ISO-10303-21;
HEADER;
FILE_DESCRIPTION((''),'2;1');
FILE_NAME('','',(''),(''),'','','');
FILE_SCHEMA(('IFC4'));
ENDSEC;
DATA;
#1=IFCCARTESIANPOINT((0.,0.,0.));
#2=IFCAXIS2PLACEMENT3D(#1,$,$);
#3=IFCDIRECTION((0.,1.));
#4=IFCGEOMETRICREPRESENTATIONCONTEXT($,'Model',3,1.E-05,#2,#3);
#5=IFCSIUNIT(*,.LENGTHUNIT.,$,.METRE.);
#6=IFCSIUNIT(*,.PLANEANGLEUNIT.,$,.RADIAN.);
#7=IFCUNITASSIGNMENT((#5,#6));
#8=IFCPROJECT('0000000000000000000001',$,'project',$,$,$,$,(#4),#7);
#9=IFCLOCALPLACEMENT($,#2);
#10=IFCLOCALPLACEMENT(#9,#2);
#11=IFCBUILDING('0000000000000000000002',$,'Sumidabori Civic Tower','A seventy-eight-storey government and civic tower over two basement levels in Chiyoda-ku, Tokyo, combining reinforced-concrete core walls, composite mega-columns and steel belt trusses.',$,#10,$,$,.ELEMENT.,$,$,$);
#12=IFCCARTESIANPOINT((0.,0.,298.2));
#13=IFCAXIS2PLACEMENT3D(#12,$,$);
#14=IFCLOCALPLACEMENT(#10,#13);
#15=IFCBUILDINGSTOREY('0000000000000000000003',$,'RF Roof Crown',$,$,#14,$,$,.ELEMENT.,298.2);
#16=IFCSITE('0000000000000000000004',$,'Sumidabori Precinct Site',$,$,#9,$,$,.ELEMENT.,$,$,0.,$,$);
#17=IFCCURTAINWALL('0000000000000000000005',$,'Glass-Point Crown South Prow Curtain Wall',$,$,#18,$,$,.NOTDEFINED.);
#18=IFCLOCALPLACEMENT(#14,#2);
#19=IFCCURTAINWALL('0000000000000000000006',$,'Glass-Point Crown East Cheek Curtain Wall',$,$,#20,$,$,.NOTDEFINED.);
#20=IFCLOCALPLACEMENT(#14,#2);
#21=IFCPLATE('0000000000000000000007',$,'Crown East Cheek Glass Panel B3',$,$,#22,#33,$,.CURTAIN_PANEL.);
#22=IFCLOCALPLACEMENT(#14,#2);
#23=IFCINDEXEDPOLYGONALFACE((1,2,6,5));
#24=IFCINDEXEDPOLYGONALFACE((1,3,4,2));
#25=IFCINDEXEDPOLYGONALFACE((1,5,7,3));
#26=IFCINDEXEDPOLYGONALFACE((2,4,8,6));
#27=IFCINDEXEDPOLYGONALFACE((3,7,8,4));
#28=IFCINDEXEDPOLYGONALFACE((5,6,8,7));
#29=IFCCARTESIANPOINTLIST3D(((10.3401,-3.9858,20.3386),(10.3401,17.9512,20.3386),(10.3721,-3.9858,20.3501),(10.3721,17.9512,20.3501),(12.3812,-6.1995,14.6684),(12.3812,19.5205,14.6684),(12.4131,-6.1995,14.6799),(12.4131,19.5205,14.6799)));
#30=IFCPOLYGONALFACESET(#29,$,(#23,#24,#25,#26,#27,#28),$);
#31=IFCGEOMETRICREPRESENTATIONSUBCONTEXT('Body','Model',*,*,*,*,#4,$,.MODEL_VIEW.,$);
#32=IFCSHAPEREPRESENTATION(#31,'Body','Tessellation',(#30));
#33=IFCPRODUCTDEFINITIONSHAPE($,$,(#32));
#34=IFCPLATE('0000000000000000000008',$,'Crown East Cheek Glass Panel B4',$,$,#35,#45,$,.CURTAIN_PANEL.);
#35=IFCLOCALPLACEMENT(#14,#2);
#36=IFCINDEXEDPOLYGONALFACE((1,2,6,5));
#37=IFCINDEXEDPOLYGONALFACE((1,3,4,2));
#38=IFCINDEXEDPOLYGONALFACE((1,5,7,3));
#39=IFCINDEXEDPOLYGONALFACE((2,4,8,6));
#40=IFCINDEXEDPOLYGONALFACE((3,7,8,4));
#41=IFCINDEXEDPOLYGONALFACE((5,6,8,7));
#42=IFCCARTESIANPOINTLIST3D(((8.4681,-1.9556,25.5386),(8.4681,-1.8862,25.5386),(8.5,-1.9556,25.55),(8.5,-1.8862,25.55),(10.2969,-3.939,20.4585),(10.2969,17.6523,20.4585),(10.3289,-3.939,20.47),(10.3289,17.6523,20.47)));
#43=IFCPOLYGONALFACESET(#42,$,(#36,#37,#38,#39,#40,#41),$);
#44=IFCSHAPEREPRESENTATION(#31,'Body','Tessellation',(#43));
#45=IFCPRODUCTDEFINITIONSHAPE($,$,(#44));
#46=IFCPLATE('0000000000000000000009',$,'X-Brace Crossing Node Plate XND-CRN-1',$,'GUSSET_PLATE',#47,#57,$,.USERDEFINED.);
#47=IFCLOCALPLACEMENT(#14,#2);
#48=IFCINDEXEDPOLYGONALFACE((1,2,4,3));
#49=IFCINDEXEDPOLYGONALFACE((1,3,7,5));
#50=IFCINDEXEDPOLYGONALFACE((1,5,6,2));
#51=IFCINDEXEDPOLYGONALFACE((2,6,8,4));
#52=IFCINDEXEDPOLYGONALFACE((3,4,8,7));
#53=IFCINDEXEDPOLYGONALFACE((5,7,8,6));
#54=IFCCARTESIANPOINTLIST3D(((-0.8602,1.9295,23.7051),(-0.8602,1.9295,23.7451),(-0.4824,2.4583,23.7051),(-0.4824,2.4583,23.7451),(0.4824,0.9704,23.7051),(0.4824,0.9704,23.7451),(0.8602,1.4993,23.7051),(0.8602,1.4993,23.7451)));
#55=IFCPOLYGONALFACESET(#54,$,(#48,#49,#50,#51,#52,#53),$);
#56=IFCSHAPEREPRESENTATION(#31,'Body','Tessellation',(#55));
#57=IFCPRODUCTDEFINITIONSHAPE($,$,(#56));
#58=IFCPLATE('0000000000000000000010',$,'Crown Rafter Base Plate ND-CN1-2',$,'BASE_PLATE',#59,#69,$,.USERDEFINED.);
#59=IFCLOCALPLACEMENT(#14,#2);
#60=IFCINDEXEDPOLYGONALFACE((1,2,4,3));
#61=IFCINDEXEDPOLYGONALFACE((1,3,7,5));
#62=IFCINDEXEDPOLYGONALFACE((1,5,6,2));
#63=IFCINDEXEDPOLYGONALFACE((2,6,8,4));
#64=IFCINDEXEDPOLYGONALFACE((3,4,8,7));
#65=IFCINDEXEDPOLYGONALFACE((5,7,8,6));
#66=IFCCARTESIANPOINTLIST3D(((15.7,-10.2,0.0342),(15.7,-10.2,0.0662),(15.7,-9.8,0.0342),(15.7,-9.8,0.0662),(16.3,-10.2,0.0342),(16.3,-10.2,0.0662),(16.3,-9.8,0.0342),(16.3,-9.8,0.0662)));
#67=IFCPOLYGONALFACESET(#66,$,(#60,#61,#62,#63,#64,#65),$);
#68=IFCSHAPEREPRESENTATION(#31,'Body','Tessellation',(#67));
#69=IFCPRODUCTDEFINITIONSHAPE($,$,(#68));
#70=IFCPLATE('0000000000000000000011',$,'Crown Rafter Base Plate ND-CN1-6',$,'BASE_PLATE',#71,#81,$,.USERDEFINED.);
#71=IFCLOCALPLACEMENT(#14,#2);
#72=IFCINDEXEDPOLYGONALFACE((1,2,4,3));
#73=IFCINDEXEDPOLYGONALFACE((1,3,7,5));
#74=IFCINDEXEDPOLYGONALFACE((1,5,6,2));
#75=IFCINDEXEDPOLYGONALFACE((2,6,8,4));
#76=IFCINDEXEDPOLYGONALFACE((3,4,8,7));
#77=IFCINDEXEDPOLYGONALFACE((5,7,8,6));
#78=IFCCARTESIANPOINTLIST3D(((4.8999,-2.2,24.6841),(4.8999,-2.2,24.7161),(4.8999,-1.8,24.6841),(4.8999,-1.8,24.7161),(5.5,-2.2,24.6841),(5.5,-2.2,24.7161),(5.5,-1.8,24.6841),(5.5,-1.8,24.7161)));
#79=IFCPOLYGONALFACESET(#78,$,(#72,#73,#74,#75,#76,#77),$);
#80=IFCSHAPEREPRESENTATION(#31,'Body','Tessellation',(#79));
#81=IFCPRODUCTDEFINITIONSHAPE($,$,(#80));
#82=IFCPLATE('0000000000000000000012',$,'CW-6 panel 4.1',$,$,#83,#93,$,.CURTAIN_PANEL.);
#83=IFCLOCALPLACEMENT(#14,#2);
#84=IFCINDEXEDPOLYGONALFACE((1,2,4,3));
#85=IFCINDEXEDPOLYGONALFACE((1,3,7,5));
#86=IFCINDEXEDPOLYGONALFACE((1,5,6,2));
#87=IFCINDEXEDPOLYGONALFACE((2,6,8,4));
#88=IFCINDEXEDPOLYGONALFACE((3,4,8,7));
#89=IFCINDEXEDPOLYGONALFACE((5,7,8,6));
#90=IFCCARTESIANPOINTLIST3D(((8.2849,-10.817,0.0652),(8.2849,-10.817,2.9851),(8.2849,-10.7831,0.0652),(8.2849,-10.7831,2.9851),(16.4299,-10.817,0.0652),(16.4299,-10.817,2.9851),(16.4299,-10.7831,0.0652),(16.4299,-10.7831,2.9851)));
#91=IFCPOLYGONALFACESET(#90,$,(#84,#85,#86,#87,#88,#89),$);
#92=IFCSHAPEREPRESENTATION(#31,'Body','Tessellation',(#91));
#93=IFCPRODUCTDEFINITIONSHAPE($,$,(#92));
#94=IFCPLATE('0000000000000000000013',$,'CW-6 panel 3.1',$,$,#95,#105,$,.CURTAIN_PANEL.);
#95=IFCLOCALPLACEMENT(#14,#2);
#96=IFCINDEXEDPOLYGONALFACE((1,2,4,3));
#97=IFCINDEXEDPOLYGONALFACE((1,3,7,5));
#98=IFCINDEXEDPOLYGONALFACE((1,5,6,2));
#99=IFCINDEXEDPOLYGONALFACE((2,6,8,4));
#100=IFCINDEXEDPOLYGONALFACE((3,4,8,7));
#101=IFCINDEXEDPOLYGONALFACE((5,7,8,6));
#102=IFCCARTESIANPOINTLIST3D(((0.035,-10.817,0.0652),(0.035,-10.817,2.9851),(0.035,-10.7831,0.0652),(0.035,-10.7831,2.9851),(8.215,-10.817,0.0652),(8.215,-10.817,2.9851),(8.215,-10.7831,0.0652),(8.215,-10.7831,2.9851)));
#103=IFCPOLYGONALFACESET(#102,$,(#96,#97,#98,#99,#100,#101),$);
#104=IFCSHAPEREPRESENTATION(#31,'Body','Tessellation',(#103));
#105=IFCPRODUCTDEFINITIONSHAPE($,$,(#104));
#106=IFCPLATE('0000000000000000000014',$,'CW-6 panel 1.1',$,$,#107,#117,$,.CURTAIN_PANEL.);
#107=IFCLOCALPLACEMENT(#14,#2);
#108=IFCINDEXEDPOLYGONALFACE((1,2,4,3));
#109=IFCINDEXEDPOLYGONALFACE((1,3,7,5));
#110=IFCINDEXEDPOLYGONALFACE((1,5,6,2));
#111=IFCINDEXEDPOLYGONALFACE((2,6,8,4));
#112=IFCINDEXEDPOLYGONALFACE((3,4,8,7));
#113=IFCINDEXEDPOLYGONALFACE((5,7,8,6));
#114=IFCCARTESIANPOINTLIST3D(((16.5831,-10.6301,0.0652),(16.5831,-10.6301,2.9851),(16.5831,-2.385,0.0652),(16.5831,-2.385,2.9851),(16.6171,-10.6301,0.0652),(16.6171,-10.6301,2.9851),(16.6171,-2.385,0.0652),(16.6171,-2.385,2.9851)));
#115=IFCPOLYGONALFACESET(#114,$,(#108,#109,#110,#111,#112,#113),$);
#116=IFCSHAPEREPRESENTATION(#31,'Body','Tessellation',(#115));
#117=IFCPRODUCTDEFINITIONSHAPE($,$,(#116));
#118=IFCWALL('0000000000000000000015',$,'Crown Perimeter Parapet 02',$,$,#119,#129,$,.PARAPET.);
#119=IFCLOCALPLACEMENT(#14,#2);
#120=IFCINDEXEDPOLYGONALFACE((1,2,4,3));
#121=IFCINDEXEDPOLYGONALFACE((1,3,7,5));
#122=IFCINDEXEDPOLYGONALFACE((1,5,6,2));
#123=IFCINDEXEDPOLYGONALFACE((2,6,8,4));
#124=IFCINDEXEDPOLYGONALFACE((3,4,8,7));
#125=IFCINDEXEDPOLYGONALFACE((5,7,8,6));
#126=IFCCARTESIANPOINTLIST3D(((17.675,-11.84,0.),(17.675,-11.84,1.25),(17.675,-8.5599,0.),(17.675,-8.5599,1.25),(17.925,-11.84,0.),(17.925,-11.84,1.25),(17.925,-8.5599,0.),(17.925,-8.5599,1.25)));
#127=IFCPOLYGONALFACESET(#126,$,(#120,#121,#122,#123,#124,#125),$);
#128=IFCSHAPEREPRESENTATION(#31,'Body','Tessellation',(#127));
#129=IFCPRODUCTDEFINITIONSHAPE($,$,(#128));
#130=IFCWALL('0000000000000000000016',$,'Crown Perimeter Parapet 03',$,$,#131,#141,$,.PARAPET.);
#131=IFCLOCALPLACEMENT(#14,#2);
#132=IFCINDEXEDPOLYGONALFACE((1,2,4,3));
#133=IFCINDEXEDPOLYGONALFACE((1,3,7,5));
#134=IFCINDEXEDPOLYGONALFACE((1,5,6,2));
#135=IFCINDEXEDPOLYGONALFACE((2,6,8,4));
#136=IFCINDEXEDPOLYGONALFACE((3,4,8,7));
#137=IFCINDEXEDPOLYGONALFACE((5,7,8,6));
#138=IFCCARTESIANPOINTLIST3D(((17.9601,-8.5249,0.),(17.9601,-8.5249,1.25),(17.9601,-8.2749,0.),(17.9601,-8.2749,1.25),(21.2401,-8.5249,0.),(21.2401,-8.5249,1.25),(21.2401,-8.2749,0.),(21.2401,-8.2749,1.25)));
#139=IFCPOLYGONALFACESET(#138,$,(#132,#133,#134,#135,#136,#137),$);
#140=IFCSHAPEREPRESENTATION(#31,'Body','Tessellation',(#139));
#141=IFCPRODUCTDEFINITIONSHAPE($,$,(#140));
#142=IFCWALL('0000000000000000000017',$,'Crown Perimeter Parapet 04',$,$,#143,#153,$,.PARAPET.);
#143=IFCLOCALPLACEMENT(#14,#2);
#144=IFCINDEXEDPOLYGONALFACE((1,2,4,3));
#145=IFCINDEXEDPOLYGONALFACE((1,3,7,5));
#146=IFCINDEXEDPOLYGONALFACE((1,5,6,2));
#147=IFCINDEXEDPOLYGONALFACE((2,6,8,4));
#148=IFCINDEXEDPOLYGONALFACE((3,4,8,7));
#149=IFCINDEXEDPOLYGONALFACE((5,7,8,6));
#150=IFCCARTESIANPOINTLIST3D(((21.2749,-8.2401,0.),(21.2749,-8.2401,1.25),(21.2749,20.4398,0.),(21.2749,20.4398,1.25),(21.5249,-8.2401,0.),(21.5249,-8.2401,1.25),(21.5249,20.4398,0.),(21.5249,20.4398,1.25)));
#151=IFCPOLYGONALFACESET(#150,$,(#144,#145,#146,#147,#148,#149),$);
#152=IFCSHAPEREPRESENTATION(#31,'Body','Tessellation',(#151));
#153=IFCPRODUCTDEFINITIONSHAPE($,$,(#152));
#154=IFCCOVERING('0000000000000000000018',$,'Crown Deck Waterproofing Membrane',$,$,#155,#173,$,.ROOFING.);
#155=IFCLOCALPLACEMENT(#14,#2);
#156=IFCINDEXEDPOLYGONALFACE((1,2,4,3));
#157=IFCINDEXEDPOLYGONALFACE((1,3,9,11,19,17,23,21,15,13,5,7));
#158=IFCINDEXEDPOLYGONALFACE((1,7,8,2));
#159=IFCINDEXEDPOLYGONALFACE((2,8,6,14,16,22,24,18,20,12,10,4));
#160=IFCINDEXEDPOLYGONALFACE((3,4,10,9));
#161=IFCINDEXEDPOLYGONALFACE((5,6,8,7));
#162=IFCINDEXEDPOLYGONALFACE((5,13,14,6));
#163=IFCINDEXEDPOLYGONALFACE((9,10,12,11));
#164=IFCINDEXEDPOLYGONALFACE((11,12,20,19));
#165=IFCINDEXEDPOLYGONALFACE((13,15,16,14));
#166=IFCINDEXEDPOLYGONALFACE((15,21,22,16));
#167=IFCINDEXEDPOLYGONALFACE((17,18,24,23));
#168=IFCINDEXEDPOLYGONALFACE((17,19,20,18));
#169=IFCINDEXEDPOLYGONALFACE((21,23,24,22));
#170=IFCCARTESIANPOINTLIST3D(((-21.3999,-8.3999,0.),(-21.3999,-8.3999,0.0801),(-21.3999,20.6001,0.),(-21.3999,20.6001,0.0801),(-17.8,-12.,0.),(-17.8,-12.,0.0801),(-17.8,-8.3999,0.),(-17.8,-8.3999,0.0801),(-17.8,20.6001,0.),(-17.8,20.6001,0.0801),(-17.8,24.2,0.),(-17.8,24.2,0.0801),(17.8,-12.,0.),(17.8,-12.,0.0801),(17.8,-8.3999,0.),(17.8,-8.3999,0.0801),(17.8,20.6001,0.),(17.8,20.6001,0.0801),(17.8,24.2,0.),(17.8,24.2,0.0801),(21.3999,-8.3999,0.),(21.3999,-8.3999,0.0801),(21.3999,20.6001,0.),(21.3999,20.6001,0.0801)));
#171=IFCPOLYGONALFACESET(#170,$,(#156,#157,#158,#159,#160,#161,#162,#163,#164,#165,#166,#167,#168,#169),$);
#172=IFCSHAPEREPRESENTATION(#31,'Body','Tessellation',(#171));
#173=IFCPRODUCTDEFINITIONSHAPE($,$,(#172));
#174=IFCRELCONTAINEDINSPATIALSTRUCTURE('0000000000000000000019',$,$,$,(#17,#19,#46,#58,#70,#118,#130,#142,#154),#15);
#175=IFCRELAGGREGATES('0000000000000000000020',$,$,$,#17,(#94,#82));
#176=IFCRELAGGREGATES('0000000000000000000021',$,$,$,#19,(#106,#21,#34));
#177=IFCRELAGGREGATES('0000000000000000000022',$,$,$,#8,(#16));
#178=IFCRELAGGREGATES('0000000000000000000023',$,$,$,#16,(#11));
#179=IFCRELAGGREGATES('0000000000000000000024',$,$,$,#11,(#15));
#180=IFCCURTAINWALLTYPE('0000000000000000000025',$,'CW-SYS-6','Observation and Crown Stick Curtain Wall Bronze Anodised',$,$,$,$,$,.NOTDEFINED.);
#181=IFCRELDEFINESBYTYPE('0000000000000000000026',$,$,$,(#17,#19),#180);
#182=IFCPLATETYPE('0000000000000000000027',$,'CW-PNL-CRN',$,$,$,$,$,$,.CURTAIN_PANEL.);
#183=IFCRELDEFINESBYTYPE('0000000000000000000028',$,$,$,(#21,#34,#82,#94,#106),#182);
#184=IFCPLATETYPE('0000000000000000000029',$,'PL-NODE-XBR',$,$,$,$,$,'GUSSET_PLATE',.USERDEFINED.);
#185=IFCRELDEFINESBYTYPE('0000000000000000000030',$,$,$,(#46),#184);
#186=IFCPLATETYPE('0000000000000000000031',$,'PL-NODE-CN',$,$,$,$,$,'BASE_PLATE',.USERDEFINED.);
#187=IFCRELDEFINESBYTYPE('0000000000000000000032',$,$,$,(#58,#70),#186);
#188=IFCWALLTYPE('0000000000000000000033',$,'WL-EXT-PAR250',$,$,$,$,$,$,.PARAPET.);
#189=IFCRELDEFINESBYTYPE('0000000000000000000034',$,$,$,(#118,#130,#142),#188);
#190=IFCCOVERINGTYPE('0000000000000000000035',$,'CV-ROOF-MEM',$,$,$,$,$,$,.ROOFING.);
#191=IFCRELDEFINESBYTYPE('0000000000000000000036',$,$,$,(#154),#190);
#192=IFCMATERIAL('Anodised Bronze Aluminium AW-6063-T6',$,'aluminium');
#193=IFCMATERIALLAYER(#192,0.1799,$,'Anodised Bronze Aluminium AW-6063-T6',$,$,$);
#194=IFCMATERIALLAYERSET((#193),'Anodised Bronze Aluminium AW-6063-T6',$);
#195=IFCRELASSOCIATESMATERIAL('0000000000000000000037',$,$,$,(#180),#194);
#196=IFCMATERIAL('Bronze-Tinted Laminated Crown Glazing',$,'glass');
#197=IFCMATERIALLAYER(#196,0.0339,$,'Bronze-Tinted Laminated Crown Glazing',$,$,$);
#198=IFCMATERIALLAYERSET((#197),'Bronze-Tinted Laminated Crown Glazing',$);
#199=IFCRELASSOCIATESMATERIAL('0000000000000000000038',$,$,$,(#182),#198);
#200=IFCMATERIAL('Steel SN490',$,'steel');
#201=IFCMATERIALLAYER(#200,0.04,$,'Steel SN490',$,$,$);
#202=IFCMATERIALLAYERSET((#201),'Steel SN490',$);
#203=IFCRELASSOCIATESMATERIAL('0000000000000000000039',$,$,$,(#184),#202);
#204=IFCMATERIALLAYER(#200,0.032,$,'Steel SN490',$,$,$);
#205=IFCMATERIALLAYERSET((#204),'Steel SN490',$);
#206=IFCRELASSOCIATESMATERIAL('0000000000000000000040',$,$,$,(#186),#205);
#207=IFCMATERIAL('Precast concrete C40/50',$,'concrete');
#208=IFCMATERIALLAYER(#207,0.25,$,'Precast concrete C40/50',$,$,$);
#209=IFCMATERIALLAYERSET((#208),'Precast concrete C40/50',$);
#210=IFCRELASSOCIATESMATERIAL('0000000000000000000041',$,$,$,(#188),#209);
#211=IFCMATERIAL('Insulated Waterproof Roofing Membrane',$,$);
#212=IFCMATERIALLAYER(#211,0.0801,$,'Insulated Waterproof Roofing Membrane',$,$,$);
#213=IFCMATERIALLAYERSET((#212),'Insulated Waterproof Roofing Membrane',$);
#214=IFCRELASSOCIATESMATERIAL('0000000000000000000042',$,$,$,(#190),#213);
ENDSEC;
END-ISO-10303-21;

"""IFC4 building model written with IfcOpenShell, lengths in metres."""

from ifc_helpers import new_model, si_unit, direction, frame, frame_2d, origin, origin_2d, place, context, subcontext, project, spatial, polyline, rectangle, outline, extrude, source, transform, mapped, material, layer, layer_set, type_object, element, aggregate, save


model = new_model("IFC4")

# Units and contexts
model_context = context("Model", 3, precision=1e-05, world=origin(), true_north=direction((0.0, 1.0)))
body_context = subcontext(model_context, "Body", "Model", "MODEL_VIEW")
ifc_project = project(units=[si_unit("LENGTHUNIT", "METRE"), si_unit("PLANEANGLEUNIT", "RADIAN")], contexts=[model_context])

# Site, building, storey
site_placement = place(None, origin())
site = spatial("IfcSite", under=ifc_project, at=site_placement, Name="Sumidabori Precinct Site", CompositionType="ELEMENT", RefElevation=0.0)
building_placement = place(site_placement, origin())
building = spatial("IfcBuilding", under=site, at=building_placement, Name="Sumidabori Civic Tower", Description="A seventy-eight-storey government and civic tower over two basement levels in Chiyoda-ku, Tokyo, combining reinforced-concrete core walls, composite mega-columns and steel belt trusses.", CompositionType="ELEMENT")
storey_placement = place(building_placement, frame((0.0, 0.0, 298.2)))
storey = spatial("IfcBuildingStorey", under=building, at=storey_placement, Name="RF Roof Crown", CompositionType="ELEMENT", Elevation=298.2)

# Shared definitions
ifc_material_1 = material(Name="Steel SN490", Category="steel")

# Curtain walls
ifc_material_2 = material(Name="Anodised Bronze Aluminium AW-6063-T6", Category="aluminium")
ifc_layer_1 = layer(ifc_material_2, 0.1799, Name="Anodised Bronze Aluminium AW-6063-T6")
ifc_layer_set_1 = layer_set([ifc_layer_1], Name="Anodised Bronze Aluminium AW-6063-T6")
curtain_wall_type = type_object("IfcCurtainWallType", Name="CW-SYS-6", Description="Observation and Crown Stick Curtain Wall Bronze Anodised", PredefinedType="NOTDEFINED", material=ifc_layer_set_1)
curtain_wall_1_placement = place(storey_placement, origin())
curtain_wall_1 = element("IfcCurtainWall", 1, at=curtain_wall_1_placement, inside=storey, type_object=curtain_wall_type, Name="Glass-Point Crown South Prow Curtain Wall", PredefinedType="NOTDEFINED")
curtain_wall_2_placement = place(storey_placement, origin())
curtain_wall_2 = element("IfcCurtainWall", 2, at=curtain_wall_2_placement, inside=storey, type_object=curtain_wall_type, Name="Glass-Point Crown East Cheek Curtain Wall", PredefinedType="NOTDEFINED")

# Plates
ifc_material_3 = material(Name="Bronze-Tinted Laminated Crown Glazing", Category="glass")
ifc_layer_2 = layer(ifc_material_3, 0.0339, Name="Bronze-Tinted Laminated Crown Glazing")
ifc_layer_set_2 = layer_set([ifc_layer_2], Name="Bronze-Tinted Laminated Crown Glazing")
plate_type_1 = type_object("IfcPlateType", Name="CW-PNL-CRN", PredefinedType="CURTAIN_PANEL", material=ifc_layer_set_2)
plate_1_placement = place(storey_placement, frame((12.4131, -6.1995, 14.6799), z_axis=(0.9409, 0.0, 0.338684), x_axis=(0.0, 1.0, 0.0)))
plate_1 = element("IfcPlate", 3, at=plate_1_placement, type_object=plate_type_1, Name="Crown East Cheek Glass Panel B3", PredefinedType="CURTAIN_PANEL", context=body_context, shape_type="SweptSolid", body=[
    extrude(outline(polyline([(0.0, 0.0), (25.72, 0.0), (24.1506, 6.0263), (2.2136, 6.0263), (0.0, 0.0)])), origin(), (0.0, 0.0, -1.0), 0.0339),
])
plate_2_placement = place(storey_placement, frame((10.3289, -3.939, 20.47), z_axis=(0.940886, 0.0, 0.338724), x_axis=(0.0, 1.0, 0.0)))
plate_2 = element("IfcPlate", 4, at=plate_2_placement, type_object=plate_type_1, Name="Crown East Cheek Glass Panel B4", PredefinedType="CURTAIN_PANEL", context=body_context, shape_type="SweptSolid", body=[
    extrude(outline(polyline([(0.0, 0.0), (21.5913, 0.0), (2.0527, 5.3993), (1.9834, 5.3993), (0.0, 0.0)])), origin(), (0.0, 0.0, -1.0), 0.0339),
])

# Plates
ifc_layer_3 = layer(ifc_material_1, 0.04, Name="Steel SN490")
ifc_layer_set_3 = layer_set([ifc_layer_3], Name="Steel SN490")
plate_type_2 = type_object("IfcPlateType", Name="PL-NODE-XBR", ElementType="GUSSET_PLATE", PredefinedType="USERDEFINED", material=ifc_layer_set_3)
shared_shape_1 = source(origin(), body_context, "Body", "SweptSolid", [
    extrude(rectangle(XDim=1.6499, YDim=0.6499, at=origin_2d()), origin(), (0.0, 0.0, 1.0), 0.04),
])
plate_3_placement = place(storey_placement, frame((0.0, 1.7144, 23.7051), z_axis=(0.0, 0.0, 1.0), x_axis=(-0.81371, 0.581271, 0.0)))
element("IfcPlate", 5, at=plate_3_placement, inside=storey, type_object=plate_type_2, Name="X-Brace Crossing Node Plate XND-CRN-1", ObjectType="GUSSET_PLATE", PredefinedType="USERDEFINED", context=body_context, shape_type="MappedRepresentation", body=[
    mapped(shared_shape_1, transform((0.0, 0.0, 0.0), x_axis=(1.0, 0.0, 0.0), y_axis=(0.0, 1.0, 0.0), z_axis=(0.0, 0.0, 1.0), scale=1.0)),
])
ifc_layer_4 = layer(ifc_material_1, 0.032, Name="Steel SN490")
ifc_layer_set_4 = layer_set([ifc_layer_4], Name="Steel SN490")
plate_type_3 = type_object("IfcPlateType", Name="PL-NODE-CN", ElementType="BASE_PLATE", PredefinedType="USERDEFINED", material=ifc_layer_set_4)
shared_shape_2 = source(origin(), body_context, "Body", "SweptSolid", [
    extrude(rectangle(XDim=0.6001, YDim=0.3999, at=origin_2d()), origin(), (0.0, 0.0, 1.0), 0.032),
])
for number, where, z_axis, x_axis, name in (
    (6, (16.0, -10.0, 0.0342), (0.0, 0.0, 1.0), (1.0, 0.0, 0.0), "Crown Rafter Base Plate ND-CN1-2"),
    (7, (5.2, -2.0, 24.6841), (0.0, 0.0, 1.0), (1.0, 0.0, 0.0), "Crown Rafter Base Plate ND-CN1-6"),
):
    element("IfcPlate", number, at=place(storey_placement, frame(where, z_axis=z_axis, x_axis=x_axis)), inside=storey, type_object=plate_type_3, Name=name, ObjectType="BASE_PLATE", PredefinedType="USERDEFINED", context=body_context, shape_type="MappedRepresentation", body=[
        mapped(shared_shape_2, transform((0.0, 0.0, 0.0), x_axis=(1.0, 0.0, 0.0), y_axis=(0.0, 1.0, 0.0), z_axis=(0.0, 0.0, 1.0), scale=1.0)),
    ])

# Plates
shared_shape_3 = source(origin(), body_context, "Body", "SweptSolid", [
    extrude(rectangle(XDim=8.145, YDim=0.0339, at=origin_2d()), origin(), (0.0, 0.0, 1.0), 2.9199),
])
plate_4_placement = place(storey_placement, frame((12.3574, -10.8, 0.0652), z_axis=(0.0, 0.0, 1.0), x_axis=(1.0, 0.0, 0.0)))
plate_4 = element("IfcPlate", 8, at=plate_4_placement, type_object=plate_type_1, Name="CW-6 panel 4.1", PredefinedType="CURTAIN_PANEL", context=body_context, shape_type="MappedRepresentation", body=[
    mapped(shared_shape_3, transform((0.0, 0.0, 0.0), x_axis=(1.0, 0.0, 0.0), y_axis=(0.0, 1.0, 0.0), z_axis=(0.0, 0.0, 1.0), scale=1.0)),
])
shared_shape_4 = source(origin(), body_context, "Body", "SweptSolid", [
    extrude(rectangle(XDim=8.1799, YDim=0.0339, at=origin_2d()), origin(), (0.0, 0.0, 1.0), 2.9199),
])
plate_5_placement = place(storey_placement, frame((4.125, -10.8, 0.0652), z_axis=(0.0, 0.0, 1.0), x_axis=(1.0, 0.0, 0.0)))
plate_5 = element("IfcPlate", 9, at=plate_5_placement, type_object=plate_type_1, Name="CW-6 panel 3.1", PredefinedType="CURTAIN_PANEL", context=body_context, shape_type="MappedRepresentation", body=[
    mapped(shared_shape_4, transform((0.0, 0.0, 0.0), x_axis=(1.0, 0.0, 0.0), y_axis=(0.0, 1.0, 0.0), z_axis=(0.0, 0.0, 1.0), scale=1.0)),
])
aggregate(curtain_wall_1, [plate_5, plate_4])
shared_shape_5 = source(origin(), body_context, "Body", "SweptSolid", [
    extrude(rectangle(XDim=8.2451, YDim=0.0339, at=origin_2d()), origin(), (0.0, 0.0, 1.0), 2.9199),
])
plate_6_placement = place(storey_placement, frame((16.6001, -6.5076, 0.0652), z_axis=(0.0, 0.0, 1.0), x_axis=(0.0, 1.0, 0.0)))
plate_6 = element("IfcPlate", 10, at=plate_6_placement, type_object=plate_type_1, Name="CW-6 panel 1.1", PredefinedType="CURTAIN_PANEL", context=body_context, shape_type="MappedRepresentation", body=[
    mapped(shared_shape_5, transform((0.0, 0.0, 0.0), x_axis=(1.0, 0.0, 0.0), y_axis=(0.0, 1.0, 0.0), z_axis=(0.0, 0.0, 1.0), scale=1.0)),
])
aggregate(curtain_wall_2, [plate_6, plate_1, plate_2])

# Walls
ifc_material_4 = material(Name="Precast concrete C40/50", Category="concrete")
ifc_layer_5 = layer(ifc_material_4, 0.25, Name="Precast concrete C40/50")
ifc_layer_set_5 = layer_set([ifc_layer_5], Name="Precast concrete C40/50")
wall_type = type_object("IfcWallType", Name="WL-EXT-PAR250", PredefinedType="PARAPET", material=ifc_layer_set_5)
shared_shape_6 = source(origin(), body_context, "Body", "SweptSolid", [
    extrude(rectangle(XDim=3.28, YDim=0.25, at=frame_2d((1.6401, 0.0))), origin(), (0.0, 0.0, 1.0), 1.25),
])
for number, where, z_axis, x_axis, name in (
    (11, (17.8, -11.8401, 0.0), (0.0, 0.0, 1.0), (0.0, 1.0, 0.0), "Crown Perimeter Parapet 02"),
    (12, (17.96, -8.3999, 0.0), (0.0, 0.0, 1.0), (1.0, 0.0, 0.0), "Crown Perimeter Parapet 03"),
):
    element("IfcWall", number, at=place(storey_placement, frame(where, z_axis=z_axis, x_axis=x_axis)), inside=storey, type_object=wall_type, Name=name, PredefinedType="PARAPET", context=body_context, shape_type="MappedRepresentation", body=[
        mapped(shared_shape_6, transform((0.0, 0.0, 0.0), x_axis=(1.0, 0.0, 0.0), y_axis=(0.0, 1.0, 0.0), z_axis=(0.0, 0.0, 1.0), scale=1.0)),
    ])
shared_shape_7 = source(origin(), body_context, "Body", "SweptSolid", [
    extrude(rectangle(XDim=28.6799, YDim=0.25, at=frame_2d((14.3398, 0.0))), origin(), (0.0, 0.0, 1.0), 1.25),
])
wall_placement = place(storey_placement, frame((21.3999, -8.24, 0.0), z_axis=(0.0, 0.0, 1.0), x_axis=(0.0, 1.0, 0.0)))
element("IfcWall", 13, at=wall_placement, inside=storey, type_object=wall_type, Name="Crown Perimeter Parapet 04", PredefinedType="PARAPET", context=body_context, shape_type="MappedRepresentation", body=[
    mapped(shared_shape_7, transform((0.0, 0.0, 0.0), x_axis=(1.0, 0.0, 0.0), y_axis=(0.0, 1.0, 0.0), z_axis=(0.0, 0.0, 1.0), scale=1.0)),
])

# Covering
ifc_material_5 = material(Name="Insulated Waterproof Roofing Membrane")
ifc_layer_6 = layer(ifc_material_5, 0.0801, Name="Insulated Waterproof Roofing Membrane")
ifc_layer_set_6 = layer_set([ifc_layer_6], Name="Insulated Waterproof Roofing Membrane")
covering_type = type_object("IfcCoveringType", Name="CV-ROOF-MEM", PredefinedType="ROOFING", material=ifc_layer_set_6)
covering_placement = place(storey_placement, origin())
element("IfcCovering", 14, at=covering_placement, inside=storey, type_object=covering_type, Name="Crown Deck Waterproofing Membrane", PredefinedType="ROOFING", context=body_context, shape_type="SweptSolid", body=[
    extrude(outline(polyline([(-17.8, -12.0), (17.8, -12.0), (17.8, -8.3999), (21.3999, -8.3999), (21.3999, 20.6001), (17.8, 20.6001), (17.8, 24.2), (-17.8, 24.2), (-17.8, 20.6001), (-21.3999, 20.6001), (-21.3999, -8.3999), (-17.8, -8.3999), (-17.8, -12.0)])), origin(), (0.0, 0.0, 1.0), 0.0801),
])

save(model, "model.ifc")
